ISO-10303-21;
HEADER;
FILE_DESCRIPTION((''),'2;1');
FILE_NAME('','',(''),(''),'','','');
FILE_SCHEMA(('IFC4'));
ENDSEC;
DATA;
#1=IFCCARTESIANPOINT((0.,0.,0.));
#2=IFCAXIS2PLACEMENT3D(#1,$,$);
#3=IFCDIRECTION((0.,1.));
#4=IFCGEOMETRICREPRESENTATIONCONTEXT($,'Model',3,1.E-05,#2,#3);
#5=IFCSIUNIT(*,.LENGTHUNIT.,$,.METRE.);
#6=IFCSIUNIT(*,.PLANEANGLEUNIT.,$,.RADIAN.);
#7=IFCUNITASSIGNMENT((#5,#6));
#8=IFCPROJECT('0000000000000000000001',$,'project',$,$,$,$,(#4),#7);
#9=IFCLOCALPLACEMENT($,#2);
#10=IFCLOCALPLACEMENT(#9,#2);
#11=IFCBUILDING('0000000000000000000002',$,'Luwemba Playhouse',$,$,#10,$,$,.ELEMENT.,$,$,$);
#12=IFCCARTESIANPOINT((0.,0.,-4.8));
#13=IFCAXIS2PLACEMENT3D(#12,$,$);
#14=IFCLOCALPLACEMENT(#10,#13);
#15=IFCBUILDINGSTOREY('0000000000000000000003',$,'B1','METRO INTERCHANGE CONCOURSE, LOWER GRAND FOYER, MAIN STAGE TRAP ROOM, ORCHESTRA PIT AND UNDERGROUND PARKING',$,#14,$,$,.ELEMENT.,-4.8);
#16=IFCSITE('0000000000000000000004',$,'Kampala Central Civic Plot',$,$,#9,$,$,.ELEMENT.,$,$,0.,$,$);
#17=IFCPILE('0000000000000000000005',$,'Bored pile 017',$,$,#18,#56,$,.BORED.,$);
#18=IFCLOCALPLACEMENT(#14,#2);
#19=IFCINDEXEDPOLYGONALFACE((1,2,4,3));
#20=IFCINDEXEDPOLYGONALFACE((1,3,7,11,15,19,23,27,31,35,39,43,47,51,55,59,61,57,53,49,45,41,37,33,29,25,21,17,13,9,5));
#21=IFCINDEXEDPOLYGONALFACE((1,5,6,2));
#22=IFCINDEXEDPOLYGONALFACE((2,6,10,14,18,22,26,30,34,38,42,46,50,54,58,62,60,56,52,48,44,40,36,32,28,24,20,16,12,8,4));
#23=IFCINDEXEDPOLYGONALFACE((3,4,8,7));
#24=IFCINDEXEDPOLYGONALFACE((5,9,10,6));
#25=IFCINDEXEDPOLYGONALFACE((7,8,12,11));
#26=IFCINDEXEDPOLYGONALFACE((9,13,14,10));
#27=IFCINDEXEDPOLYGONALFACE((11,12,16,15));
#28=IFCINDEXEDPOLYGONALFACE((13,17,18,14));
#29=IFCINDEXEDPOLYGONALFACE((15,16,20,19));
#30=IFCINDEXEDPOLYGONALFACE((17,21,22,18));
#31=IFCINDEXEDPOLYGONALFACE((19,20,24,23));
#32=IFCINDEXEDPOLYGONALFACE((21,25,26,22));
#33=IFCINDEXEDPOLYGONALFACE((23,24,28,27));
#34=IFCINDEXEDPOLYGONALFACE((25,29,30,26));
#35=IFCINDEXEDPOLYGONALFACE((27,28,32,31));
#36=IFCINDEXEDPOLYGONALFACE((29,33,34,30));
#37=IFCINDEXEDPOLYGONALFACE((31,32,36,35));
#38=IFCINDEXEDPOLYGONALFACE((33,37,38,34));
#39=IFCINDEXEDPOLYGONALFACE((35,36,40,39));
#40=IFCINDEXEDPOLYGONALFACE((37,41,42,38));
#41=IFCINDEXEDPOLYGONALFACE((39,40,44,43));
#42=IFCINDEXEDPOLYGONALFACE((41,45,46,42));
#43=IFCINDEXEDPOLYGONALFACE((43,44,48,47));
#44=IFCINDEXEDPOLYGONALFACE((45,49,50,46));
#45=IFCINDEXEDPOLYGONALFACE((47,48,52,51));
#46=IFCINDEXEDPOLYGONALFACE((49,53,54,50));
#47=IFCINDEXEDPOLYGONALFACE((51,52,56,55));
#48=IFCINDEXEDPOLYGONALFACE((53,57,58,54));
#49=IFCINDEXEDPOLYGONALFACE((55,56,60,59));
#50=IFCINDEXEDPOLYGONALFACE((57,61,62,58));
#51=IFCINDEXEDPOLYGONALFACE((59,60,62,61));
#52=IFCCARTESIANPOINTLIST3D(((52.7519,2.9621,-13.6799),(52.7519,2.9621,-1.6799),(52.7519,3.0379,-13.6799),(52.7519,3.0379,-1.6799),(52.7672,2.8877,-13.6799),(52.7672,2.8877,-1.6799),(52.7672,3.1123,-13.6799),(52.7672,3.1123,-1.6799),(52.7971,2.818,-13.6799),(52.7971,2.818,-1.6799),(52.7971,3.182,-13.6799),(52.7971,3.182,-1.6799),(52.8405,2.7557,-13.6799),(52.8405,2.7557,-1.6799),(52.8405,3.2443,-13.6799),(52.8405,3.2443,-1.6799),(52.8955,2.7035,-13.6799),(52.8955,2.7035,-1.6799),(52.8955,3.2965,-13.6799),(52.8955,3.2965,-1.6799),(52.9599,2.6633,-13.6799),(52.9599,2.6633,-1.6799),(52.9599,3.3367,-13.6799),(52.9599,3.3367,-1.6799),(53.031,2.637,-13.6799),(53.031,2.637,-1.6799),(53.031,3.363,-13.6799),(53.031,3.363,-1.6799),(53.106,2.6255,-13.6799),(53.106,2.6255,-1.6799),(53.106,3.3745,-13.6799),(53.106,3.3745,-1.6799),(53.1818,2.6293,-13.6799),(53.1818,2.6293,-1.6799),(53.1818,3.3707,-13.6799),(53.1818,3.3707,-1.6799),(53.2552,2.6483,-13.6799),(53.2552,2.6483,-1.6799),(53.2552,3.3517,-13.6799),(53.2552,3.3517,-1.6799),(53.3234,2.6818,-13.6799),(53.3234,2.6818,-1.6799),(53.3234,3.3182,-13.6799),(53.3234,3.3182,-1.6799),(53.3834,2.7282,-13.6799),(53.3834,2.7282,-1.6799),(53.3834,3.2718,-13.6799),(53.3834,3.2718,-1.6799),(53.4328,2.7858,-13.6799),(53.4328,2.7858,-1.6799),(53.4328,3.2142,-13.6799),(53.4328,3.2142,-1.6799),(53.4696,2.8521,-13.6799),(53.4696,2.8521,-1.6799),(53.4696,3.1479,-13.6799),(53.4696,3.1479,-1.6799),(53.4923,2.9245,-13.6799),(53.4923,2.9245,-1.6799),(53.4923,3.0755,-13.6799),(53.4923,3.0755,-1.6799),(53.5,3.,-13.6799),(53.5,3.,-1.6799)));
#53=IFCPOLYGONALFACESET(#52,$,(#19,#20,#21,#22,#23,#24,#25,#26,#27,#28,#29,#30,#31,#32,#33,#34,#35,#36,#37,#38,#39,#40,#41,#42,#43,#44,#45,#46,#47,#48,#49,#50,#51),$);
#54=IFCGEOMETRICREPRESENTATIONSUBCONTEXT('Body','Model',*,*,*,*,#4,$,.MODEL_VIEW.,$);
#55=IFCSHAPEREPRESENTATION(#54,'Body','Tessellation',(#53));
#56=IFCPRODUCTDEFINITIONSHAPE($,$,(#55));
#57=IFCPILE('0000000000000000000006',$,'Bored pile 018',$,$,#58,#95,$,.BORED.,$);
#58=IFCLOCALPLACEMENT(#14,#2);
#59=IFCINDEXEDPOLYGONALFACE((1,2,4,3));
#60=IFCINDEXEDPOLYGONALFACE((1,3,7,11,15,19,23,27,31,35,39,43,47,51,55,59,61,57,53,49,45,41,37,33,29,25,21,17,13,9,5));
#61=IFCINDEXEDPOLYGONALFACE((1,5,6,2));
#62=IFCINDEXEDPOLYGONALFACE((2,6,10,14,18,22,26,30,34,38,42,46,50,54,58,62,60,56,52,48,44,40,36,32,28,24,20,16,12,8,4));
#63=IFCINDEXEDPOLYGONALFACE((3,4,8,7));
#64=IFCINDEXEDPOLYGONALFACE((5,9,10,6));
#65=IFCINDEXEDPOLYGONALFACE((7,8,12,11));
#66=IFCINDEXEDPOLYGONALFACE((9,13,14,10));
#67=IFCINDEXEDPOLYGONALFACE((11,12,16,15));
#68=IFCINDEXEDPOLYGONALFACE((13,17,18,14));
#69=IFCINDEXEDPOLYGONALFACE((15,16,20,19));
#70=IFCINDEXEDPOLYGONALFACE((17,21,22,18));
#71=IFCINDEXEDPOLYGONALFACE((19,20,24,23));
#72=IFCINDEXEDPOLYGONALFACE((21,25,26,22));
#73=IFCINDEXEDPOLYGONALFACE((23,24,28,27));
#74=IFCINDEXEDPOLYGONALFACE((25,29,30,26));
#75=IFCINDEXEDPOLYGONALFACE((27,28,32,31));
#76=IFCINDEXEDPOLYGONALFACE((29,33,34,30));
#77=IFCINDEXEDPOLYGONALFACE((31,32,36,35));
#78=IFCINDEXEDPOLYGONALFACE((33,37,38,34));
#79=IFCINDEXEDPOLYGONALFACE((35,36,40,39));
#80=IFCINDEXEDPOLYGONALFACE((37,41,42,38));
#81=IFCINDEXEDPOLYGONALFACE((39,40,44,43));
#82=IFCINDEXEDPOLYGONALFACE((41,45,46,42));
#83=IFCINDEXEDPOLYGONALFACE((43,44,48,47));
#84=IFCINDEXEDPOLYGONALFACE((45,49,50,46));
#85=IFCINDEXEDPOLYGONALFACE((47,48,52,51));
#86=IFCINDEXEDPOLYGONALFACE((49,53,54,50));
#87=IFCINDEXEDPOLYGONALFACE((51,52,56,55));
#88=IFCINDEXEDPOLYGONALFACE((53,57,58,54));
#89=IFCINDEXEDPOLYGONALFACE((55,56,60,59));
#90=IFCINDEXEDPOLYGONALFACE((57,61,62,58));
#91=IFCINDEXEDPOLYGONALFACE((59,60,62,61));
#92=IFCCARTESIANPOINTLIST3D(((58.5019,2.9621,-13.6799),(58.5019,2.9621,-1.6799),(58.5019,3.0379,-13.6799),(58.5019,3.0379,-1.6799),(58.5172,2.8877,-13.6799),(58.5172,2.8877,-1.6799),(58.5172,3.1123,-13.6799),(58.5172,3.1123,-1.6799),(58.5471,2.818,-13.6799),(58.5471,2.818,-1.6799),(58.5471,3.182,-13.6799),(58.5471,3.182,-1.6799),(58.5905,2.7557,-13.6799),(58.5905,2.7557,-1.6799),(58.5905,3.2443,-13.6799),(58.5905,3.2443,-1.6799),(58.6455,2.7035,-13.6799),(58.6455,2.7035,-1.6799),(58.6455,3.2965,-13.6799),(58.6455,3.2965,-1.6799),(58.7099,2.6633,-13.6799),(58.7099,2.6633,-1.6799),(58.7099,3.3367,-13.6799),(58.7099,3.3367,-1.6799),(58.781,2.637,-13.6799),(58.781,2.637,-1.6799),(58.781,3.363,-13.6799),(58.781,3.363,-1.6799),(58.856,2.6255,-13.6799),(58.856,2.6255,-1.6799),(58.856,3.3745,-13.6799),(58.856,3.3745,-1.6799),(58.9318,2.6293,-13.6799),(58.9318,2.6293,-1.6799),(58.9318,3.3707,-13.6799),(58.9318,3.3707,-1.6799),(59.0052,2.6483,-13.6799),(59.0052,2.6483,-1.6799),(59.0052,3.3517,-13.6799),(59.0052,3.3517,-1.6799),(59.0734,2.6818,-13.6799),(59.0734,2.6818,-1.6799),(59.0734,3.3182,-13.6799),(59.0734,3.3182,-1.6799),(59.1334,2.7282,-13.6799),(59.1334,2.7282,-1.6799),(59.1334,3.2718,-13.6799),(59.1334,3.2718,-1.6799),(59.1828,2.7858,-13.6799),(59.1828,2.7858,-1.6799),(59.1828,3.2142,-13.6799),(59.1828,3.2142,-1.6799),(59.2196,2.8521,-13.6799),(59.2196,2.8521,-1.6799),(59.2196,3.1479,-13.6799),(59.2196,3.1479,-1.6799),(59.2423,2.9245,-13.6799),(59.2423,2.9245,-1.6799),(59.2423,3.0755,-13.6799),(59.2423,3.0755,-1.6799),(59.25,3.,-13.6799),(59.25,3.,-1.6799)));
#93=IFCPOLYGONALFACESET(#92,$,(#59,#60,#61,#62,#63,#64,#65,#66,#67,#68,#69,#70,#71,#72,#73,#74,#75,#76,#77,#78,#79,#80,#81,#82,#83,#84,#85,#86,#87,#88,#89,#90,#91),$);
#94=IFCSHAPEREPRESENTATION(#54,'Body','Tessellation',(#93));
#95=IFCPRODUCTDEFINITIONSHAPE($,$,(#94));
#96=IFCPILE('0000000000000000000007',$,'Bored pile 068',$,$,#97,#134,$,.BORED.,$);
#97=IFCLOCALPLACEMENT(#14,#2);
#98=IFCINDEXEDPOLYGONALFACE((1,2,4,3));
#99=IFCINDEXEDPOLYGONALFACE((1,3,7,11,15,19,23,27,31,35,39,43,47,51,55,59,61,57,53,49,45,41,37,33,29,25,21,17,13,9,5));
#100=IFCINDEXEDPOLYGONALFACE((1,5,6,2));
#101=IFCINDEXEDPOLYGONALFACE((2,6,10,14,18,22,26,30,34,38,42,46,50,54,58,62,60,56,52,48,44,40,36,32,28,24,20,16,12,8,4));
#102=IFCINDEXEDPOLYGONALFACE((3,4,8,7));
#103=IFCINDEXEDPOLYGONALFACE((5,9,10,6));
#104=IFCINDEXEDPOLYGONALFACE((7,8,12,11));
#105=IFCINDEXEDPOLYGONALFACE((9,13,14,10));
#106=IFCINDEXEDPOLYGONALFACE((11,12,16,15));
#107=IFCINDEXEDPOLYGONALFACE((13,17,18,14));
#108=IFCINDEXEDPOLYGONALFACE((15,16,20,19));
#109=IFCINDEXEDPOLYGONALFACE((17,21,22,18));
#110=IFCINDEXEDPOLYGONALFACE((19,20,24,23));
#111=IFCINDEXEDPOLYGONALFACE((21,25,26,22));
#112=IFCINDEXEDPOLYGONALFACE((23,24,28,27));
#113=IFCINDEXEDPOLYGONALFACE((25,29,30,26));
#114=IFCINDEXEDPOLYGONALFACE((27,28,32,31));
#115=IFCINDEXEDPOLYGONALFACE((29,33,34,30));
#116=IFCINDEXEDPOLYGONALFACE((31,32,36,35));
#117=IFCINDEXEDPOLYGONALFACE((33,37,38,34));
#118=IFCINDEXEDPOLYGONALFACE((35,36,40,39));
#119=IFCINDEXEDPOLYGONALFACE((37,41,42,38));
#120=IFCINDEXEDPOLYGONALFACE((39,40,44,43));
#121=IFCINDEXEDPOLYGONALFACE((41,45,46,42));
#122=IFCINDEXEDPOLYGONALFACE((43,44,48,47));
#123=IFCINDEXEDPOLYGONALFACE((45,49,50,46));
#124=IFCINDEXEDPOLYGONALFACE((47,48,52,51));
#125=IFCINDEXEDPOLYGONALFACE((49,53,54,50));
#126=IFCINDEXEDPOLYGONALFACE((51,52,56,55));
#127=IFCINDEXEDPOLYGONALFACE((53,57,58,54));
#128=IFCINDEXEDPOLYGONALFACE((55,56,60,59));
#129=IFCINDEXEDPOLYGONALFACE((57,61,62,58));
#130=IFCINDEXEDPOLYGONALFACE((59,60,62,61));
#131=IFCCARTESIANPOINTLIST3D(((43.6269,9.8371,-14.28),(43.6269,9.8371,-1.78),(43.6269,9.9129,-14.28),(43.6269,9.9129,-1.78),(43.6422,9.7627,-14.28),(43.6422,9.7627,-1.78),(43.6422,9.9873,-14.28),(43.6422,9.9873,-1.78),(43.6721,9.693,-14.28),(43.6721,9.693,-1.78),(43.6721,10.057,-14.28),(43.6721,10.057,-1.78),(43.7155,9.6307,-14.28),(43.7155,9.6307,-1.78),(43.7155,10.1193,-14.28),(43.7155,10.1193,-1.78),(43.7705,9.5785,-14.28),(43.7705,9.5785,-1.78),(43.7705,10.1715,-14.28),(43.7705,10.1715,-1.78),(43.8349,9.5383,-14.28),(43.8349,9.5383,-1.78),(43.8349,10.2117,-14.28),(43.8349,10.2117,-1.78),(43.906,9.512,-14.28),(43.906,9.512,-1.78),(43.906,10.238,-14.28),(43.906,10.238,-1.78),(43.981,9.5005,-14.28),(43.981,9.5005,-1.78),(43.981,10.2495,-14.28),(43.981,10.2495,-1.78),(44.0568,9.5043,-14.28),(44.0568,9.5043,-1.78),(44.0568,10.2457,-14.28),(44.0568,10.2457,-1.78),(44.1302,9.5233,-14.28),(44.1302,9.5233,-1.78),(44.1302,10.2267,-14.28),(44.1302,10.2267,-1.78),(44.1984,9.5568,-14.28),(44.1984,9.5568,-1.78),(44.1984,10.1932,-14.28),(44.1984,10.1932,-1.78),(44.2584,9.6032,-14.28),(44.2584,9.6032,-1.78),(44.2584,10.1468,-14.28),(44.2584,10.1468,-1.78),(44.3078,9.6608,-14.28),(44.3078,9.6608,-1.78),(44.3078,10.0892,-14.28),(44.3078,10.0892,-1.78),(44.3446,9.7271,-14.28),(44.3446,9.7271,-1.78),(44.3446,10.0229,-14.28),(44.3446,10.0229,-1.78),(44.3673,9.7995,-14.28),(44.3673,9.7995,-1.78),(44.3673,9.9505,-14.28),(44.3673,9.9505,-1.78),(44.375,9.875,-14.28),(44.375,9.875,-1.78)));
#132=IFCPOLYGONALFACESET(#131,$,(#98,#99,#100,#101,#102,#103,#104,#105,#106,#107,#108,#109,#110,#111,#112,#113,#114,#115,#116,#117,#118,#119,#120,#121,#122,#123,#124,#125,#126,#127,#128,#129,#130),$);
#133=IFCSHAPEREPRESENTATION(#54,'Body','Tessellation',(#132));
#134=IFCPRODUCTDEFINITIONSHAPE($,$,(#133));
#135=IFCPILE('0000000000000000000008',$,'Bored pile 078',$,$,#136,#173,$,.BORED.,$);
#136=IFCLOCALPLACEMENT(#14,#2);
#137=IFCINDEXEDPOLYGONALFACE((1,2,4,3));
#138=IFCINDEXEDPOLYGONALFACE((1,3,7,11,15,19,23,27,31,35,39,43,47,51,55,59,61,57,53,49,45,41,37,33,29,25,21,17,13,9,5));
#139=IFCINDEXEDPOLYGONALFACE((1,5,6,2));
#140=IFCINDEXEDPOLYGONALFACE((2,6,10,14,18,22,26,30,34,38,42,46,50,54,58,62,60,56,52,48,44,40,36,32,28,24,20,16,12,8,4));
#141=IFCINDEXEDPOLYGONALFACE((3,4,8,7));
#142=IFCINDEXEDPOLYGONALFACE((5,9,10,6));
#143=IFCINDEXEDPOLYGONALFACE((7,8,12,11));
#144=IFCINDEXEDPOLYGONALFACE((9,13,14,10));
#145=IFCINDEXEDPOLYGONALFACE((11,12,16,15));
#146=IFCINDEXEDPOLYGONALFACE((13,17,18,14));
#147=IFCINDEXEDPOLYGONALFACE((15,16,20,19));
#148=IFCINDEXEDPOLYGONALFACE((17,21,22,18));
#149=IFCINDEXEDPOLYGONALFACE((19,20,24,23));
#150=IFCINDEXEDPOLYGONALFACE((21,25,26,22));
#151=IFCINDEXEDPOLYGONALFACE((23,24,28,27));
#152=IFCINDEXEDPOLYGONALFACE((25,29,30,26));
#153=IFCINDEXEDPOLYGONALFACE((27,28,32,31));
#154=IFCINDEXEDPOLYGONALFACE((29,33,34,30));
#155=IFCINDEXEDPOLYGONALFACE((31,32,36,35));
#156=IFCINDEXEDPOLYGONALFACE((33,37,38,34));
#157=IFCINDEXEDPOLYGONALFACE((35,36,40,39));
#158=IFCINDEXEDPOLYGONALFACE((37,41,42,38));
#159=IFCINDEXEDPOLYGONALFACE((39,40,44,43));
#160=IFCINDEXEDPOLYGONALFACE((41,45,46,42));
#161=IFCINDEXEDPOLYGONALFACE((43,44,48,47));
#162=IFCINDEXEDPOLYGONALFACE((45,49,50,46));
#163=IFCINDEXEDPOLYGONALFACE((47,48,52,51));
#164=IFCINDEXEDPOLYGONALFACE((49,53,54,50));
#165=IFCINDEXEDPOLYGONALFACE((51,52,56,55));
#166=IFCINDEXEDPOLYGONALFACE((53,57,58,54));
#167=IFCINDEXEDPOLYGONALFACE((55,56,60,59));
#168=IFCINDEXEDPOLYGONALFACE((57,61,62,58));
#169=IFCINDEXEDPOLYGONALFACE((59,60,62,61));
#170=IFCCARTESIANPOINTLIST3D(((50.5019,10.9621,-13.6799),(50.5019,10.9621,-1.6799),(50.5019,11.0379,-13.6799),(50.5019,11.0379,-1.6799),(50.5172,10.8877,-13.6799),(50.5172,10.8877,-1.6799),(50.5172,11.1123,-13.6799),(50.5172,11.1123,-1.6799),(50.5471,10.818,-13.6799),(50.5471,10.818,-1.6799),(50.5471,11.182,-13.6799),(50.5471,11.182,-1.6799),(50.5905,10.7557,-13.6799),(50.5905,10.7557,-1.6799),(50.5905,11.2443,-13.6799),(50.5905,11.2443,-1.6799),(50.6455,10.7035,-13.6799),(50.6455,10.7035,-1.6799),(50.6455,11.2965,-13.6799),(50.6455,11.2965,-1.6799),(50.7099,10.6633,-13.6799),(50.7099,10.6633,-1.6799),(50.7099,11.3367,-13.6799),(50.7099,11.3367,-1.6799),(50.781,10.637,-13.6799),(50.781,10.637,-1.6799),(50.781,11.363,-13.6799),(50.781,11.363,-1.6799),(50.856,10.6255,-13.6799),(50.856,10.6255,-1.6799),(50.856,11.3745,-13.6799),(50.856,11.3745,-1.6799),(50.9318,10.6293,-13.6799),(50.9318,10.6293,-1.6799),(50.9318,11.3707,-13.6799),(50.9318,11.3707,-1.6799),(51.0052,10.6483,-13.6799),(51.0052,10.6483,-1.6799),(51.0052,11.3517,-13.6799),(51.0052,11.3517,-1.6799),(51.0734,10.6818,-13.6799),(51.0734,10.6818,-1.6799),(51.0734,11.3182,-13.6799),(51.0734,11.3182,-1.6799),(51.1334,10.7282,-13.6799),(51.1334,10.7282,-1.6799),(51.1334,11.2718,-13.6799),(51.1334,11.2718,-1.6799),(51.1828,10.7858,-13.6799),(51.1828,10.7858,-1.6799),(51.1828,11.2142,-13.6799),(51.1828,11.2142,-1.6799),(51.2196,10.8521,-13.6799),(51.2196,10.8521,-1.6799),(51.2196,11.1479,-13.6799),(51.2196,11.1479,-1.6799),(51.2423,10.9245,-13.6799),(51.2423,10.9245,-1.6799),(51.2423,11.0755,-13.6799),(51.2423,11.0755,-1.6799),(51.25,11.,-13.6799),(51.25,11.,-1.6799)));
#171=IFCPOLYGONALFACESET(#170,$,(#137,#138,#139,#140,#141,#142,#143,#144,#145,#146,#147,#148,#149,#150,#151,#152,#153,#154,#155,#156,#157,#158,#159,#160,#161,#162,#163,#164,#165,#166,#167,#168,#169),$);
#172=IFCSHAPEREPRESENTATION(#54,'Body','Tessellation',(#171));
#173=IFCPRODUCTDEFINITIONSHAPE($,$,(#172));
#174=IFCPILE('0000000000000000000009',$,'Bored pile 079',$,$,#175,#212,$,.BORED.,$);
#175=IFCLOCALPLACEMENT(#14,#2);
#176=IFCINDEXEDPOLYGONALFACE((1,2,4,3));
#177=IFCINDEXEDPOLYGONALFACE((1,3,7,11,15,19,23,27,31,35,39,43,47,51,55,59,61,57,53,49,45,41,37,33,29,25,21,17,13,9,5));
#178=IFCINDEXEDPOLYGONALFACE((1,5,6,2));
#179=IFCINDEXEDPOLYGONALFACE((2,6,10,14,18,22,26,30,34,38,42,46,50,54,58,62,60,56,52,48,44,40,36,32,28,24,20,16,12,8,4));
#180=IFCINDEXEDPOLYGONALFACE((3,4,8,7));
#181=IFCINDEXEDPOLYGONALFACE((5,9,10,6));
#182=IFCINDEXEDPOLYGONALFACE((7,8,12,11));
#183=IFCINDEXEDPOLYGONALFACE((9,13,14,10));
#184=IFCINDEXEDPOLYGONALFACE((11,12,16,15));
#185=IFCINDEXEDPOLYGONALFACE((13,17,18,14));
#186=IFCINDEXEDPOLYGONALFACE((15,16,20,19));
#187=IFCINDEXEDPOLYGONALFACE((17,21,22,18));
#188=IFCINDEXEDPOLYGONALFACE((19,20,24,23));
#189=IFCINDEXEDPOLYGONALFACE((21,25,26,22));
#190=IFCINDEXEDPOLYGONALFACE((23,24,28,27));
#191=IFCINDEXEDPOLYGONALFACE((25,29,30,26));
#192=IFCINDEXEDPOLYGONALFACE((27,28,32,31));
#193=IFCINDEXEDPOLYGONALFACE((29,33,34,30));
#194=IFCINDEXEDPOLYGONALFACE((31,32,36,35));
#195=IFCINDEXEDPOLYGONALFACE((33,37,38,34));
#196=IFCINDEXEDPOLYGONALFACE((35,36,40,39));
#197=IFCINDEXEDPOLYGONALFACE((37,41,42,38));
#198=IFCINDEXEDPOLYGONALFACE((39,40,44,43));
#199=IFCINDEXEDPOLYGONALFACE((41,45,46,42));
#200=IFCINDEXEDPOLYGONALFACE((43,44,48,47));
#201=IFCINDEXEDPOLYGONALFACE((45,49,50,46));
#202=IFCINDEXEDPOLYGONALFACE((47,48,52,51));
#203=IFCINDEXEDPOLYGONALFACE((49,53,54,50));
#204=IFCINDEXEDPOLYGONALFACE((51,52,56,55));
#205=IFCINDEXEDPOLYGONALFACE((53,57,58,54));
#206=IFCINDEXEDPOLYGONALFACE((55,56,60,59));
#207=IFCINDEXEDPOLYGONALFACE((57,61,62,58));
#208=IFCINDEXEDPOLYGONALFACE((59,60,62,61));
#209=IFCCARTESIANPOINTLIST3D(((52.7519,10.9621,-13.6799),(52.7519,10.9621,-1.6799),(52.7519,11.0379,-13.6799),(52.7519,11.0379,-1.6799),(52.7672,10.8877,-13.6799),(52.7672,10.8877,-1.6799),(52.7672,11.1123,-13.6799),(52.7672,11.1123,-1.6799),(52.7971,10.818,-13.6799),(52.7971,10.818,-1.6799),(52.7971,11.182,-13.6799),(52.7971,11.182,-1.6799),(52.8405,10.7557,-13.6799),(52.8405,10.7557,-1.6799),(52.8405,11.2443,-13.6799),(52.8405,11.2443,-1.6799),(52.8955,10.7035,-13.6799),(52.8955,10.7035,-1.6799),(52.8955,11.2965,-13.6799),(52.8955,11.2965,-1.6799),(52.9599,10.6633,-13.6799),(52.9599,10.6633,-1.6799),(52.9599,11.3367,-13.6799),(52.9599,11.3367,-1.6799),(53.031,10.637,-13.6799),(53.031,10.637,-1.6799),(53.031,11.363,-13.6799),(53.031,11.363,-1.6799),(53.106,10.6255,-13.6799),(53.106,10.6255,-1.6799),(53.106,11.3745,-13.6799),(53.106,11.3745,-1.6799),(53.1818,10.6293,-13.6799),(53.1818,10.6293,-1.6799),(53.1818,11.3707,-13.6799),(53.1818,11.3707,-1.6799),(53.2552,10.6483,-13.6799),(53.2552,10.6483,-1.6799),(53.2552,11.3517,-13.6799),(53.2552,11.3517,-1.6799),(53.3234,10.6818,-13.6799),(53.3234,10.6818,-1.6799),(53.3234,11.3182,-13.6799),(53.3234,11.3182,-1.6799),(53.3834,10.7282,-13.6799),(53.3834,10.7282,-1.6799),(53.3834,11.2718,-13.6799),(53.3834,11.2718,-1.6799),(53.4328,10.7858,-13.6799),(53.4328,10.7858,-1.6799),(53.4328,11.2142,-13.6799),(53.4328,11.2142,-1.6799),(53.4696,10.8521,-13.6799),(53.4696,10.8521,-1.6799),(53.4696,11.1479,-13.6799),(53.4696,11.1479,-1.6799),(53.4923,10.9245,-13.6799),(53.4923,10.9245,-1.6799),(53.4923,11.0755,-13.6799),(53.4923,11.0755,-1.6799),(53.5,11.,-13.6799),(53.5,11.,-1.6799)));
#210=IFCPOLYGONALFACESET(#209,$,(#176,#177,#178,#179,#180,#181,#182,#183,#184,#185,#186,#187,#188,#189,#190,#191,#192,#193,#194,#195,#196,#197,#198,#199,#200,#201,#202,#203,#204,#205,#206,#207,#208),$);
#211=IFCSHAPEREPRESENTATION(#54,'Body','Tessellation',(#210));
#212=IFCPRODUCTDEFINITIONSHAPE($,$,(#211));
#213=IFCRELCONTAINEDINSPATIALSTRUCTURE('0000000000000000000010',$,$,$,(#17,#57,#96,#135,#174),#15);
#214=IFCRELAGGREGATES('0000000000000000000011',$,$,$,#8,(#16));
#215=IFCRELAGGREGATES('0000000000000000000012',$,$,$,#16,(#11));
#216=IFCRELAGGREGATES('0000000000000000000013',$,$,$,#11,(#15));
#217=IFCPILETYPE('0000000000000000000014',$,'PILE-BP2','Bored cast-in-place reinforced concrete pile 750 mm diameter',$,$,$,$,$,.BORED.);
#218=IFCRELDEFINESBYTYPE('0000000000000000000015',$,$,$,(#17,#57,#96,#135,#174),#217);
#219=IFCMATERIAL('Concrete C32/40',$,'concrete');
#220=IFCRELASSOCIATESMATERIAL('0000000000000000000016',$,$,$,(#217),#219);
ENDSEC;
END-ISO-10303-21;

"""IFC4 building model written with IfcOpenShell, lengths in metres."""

from ifc_helpers import new_model, si_unit, direction, frame, origin, origin_2d, place, context, subcontext, project, spatial, circle, extrude, material, material_profile, profile_set, type_object, element, save


model = new_model("IFC4")

# Units and contexts
model_context = context("Model", 3, precision=1e-05, world=origin(), true_north=direction((0.0, 1.0)))
body_context = subcontext(model_context, "Body", "Model", "MODEL_VIEW")
ifc_project = project(units=[si_unit("LENGTHUNIT", "METRE"), si_unit("PLANEANGLEUNIT", "RADIAN")], contexts=[model_context])

# Site, building, storey
site_placement = place(None, origin())
site = spatial("IfcSite", under=ifc_project, at=site_placement, Name="Kampala Central Civic Plot", CompositionType="ELEMENT", RefElevation=0.0)
building_placement = place(site_placement, origin())
building = spatial("IfcBuilding", under=site, at=building_placement, Name="Luwemba Playhouse", CompositionType="ELEMENT")
storey_placement = place(building_placement, frame((0.0, 0.0, -4.8)))
storey = spatial("IfcBuildingStorey", under=building, at=storey_placement, Name="B1", Description="METRO INTERCHANGE CONCOURSE, LOWER GRAND FOYER, MAIN STAGE TRAP ROOM, ORCHESTRA PIT AND UNDERGROUND PARKING", CompositionType="ELEMENT", Elevation=-4.8)

# Shared definitions
ifc_material_1 = material(Name="Concrete C32/40", Category="concrete")

# Piles
ifc_material_profile_1 = material_profile(ifc_material_1, circle(Radius=0.375, at=origin_2d()))
ifc_profile_set_1 = profile_set([ifc_material_profile_1], Name="Concrete C32/40")
pile_type_1 = type_object("IfcPileType", Name="PILE-BP2", Description="Bored cast-in-place reinforced concrete pile 750 mm diameter", PredefinedType="BORED", material=ifc_profile_set_1)
for number, where, z_axis, x_axis, name in (
    (1, (53.125, 3.0, -1.6799), (0.0, 0.0, -1.0), (1.0, 0.0, 0.0), "Bored pile 017"),
    (2, (58.875, 3.0, -1.6799), (0.0, 0.0, -1.0), (1.0, 0.0, 0.0), "Bored pile 018"),
):
    element("IfcPile", number, at=place(storey_placement, frame(where, z_axis=z_axis, x_axis=x_axis)), inside=storey, type_object=pile_type_1, Name=name, PredefinedType="BORED", context=body_context, shape_type="SweptSolid", body=[
        extrude(circle(Radius=0.375, at=origin_2d()), origin(), (0.0, 0.0, 1.0), 12.0),
    ])
pile_placement = place(storey_placement, frame((44.0, 9.875, -1.78), z_axis=(0.0, 0.0, -1.0), x_axis=(1.0, 0.0, 0.0)))
element("IfcPile", 3, at=pile_placement, inside=storey, type_object=pile_type_1, Name="Bored pile 068", PredefinedType="BORED", context=body_context, shape_type="SweptSolid", body=[
    extrude(circle(Radius=0.375, at=origin_2d()), origin(), (0.0, 0.0, 1.0), 12.5),
])
for number, where, z_axis, x_axis, name in (
    (4, (50.875, 11.0, -1.6799), (0.0, 0.0, -1.0), (1.0, 0.0, 0.0), "Bored pile 078"),
    (5, (53.125, 11.0, -1.6799), (0.0, 0.0, -1.0), (1.0, 0.0, 0.0), "Bored pile 079"),
):
    element("IfcPile", number, at=place(storey_placement, frame(where, z_axis=z_axis, x_axis=x_axis)), inside=storey, type_object=pile_type_1, Name=name, PredefinedType="BORED", context=body_context, shape_type="SweptSolid", body=[
        extrude(circle(Radius=0.375, at=origin_2d()), origin(), (0.0, 0.0, 1.0), 12.0),
    ])

save(model, "model.ifc")
